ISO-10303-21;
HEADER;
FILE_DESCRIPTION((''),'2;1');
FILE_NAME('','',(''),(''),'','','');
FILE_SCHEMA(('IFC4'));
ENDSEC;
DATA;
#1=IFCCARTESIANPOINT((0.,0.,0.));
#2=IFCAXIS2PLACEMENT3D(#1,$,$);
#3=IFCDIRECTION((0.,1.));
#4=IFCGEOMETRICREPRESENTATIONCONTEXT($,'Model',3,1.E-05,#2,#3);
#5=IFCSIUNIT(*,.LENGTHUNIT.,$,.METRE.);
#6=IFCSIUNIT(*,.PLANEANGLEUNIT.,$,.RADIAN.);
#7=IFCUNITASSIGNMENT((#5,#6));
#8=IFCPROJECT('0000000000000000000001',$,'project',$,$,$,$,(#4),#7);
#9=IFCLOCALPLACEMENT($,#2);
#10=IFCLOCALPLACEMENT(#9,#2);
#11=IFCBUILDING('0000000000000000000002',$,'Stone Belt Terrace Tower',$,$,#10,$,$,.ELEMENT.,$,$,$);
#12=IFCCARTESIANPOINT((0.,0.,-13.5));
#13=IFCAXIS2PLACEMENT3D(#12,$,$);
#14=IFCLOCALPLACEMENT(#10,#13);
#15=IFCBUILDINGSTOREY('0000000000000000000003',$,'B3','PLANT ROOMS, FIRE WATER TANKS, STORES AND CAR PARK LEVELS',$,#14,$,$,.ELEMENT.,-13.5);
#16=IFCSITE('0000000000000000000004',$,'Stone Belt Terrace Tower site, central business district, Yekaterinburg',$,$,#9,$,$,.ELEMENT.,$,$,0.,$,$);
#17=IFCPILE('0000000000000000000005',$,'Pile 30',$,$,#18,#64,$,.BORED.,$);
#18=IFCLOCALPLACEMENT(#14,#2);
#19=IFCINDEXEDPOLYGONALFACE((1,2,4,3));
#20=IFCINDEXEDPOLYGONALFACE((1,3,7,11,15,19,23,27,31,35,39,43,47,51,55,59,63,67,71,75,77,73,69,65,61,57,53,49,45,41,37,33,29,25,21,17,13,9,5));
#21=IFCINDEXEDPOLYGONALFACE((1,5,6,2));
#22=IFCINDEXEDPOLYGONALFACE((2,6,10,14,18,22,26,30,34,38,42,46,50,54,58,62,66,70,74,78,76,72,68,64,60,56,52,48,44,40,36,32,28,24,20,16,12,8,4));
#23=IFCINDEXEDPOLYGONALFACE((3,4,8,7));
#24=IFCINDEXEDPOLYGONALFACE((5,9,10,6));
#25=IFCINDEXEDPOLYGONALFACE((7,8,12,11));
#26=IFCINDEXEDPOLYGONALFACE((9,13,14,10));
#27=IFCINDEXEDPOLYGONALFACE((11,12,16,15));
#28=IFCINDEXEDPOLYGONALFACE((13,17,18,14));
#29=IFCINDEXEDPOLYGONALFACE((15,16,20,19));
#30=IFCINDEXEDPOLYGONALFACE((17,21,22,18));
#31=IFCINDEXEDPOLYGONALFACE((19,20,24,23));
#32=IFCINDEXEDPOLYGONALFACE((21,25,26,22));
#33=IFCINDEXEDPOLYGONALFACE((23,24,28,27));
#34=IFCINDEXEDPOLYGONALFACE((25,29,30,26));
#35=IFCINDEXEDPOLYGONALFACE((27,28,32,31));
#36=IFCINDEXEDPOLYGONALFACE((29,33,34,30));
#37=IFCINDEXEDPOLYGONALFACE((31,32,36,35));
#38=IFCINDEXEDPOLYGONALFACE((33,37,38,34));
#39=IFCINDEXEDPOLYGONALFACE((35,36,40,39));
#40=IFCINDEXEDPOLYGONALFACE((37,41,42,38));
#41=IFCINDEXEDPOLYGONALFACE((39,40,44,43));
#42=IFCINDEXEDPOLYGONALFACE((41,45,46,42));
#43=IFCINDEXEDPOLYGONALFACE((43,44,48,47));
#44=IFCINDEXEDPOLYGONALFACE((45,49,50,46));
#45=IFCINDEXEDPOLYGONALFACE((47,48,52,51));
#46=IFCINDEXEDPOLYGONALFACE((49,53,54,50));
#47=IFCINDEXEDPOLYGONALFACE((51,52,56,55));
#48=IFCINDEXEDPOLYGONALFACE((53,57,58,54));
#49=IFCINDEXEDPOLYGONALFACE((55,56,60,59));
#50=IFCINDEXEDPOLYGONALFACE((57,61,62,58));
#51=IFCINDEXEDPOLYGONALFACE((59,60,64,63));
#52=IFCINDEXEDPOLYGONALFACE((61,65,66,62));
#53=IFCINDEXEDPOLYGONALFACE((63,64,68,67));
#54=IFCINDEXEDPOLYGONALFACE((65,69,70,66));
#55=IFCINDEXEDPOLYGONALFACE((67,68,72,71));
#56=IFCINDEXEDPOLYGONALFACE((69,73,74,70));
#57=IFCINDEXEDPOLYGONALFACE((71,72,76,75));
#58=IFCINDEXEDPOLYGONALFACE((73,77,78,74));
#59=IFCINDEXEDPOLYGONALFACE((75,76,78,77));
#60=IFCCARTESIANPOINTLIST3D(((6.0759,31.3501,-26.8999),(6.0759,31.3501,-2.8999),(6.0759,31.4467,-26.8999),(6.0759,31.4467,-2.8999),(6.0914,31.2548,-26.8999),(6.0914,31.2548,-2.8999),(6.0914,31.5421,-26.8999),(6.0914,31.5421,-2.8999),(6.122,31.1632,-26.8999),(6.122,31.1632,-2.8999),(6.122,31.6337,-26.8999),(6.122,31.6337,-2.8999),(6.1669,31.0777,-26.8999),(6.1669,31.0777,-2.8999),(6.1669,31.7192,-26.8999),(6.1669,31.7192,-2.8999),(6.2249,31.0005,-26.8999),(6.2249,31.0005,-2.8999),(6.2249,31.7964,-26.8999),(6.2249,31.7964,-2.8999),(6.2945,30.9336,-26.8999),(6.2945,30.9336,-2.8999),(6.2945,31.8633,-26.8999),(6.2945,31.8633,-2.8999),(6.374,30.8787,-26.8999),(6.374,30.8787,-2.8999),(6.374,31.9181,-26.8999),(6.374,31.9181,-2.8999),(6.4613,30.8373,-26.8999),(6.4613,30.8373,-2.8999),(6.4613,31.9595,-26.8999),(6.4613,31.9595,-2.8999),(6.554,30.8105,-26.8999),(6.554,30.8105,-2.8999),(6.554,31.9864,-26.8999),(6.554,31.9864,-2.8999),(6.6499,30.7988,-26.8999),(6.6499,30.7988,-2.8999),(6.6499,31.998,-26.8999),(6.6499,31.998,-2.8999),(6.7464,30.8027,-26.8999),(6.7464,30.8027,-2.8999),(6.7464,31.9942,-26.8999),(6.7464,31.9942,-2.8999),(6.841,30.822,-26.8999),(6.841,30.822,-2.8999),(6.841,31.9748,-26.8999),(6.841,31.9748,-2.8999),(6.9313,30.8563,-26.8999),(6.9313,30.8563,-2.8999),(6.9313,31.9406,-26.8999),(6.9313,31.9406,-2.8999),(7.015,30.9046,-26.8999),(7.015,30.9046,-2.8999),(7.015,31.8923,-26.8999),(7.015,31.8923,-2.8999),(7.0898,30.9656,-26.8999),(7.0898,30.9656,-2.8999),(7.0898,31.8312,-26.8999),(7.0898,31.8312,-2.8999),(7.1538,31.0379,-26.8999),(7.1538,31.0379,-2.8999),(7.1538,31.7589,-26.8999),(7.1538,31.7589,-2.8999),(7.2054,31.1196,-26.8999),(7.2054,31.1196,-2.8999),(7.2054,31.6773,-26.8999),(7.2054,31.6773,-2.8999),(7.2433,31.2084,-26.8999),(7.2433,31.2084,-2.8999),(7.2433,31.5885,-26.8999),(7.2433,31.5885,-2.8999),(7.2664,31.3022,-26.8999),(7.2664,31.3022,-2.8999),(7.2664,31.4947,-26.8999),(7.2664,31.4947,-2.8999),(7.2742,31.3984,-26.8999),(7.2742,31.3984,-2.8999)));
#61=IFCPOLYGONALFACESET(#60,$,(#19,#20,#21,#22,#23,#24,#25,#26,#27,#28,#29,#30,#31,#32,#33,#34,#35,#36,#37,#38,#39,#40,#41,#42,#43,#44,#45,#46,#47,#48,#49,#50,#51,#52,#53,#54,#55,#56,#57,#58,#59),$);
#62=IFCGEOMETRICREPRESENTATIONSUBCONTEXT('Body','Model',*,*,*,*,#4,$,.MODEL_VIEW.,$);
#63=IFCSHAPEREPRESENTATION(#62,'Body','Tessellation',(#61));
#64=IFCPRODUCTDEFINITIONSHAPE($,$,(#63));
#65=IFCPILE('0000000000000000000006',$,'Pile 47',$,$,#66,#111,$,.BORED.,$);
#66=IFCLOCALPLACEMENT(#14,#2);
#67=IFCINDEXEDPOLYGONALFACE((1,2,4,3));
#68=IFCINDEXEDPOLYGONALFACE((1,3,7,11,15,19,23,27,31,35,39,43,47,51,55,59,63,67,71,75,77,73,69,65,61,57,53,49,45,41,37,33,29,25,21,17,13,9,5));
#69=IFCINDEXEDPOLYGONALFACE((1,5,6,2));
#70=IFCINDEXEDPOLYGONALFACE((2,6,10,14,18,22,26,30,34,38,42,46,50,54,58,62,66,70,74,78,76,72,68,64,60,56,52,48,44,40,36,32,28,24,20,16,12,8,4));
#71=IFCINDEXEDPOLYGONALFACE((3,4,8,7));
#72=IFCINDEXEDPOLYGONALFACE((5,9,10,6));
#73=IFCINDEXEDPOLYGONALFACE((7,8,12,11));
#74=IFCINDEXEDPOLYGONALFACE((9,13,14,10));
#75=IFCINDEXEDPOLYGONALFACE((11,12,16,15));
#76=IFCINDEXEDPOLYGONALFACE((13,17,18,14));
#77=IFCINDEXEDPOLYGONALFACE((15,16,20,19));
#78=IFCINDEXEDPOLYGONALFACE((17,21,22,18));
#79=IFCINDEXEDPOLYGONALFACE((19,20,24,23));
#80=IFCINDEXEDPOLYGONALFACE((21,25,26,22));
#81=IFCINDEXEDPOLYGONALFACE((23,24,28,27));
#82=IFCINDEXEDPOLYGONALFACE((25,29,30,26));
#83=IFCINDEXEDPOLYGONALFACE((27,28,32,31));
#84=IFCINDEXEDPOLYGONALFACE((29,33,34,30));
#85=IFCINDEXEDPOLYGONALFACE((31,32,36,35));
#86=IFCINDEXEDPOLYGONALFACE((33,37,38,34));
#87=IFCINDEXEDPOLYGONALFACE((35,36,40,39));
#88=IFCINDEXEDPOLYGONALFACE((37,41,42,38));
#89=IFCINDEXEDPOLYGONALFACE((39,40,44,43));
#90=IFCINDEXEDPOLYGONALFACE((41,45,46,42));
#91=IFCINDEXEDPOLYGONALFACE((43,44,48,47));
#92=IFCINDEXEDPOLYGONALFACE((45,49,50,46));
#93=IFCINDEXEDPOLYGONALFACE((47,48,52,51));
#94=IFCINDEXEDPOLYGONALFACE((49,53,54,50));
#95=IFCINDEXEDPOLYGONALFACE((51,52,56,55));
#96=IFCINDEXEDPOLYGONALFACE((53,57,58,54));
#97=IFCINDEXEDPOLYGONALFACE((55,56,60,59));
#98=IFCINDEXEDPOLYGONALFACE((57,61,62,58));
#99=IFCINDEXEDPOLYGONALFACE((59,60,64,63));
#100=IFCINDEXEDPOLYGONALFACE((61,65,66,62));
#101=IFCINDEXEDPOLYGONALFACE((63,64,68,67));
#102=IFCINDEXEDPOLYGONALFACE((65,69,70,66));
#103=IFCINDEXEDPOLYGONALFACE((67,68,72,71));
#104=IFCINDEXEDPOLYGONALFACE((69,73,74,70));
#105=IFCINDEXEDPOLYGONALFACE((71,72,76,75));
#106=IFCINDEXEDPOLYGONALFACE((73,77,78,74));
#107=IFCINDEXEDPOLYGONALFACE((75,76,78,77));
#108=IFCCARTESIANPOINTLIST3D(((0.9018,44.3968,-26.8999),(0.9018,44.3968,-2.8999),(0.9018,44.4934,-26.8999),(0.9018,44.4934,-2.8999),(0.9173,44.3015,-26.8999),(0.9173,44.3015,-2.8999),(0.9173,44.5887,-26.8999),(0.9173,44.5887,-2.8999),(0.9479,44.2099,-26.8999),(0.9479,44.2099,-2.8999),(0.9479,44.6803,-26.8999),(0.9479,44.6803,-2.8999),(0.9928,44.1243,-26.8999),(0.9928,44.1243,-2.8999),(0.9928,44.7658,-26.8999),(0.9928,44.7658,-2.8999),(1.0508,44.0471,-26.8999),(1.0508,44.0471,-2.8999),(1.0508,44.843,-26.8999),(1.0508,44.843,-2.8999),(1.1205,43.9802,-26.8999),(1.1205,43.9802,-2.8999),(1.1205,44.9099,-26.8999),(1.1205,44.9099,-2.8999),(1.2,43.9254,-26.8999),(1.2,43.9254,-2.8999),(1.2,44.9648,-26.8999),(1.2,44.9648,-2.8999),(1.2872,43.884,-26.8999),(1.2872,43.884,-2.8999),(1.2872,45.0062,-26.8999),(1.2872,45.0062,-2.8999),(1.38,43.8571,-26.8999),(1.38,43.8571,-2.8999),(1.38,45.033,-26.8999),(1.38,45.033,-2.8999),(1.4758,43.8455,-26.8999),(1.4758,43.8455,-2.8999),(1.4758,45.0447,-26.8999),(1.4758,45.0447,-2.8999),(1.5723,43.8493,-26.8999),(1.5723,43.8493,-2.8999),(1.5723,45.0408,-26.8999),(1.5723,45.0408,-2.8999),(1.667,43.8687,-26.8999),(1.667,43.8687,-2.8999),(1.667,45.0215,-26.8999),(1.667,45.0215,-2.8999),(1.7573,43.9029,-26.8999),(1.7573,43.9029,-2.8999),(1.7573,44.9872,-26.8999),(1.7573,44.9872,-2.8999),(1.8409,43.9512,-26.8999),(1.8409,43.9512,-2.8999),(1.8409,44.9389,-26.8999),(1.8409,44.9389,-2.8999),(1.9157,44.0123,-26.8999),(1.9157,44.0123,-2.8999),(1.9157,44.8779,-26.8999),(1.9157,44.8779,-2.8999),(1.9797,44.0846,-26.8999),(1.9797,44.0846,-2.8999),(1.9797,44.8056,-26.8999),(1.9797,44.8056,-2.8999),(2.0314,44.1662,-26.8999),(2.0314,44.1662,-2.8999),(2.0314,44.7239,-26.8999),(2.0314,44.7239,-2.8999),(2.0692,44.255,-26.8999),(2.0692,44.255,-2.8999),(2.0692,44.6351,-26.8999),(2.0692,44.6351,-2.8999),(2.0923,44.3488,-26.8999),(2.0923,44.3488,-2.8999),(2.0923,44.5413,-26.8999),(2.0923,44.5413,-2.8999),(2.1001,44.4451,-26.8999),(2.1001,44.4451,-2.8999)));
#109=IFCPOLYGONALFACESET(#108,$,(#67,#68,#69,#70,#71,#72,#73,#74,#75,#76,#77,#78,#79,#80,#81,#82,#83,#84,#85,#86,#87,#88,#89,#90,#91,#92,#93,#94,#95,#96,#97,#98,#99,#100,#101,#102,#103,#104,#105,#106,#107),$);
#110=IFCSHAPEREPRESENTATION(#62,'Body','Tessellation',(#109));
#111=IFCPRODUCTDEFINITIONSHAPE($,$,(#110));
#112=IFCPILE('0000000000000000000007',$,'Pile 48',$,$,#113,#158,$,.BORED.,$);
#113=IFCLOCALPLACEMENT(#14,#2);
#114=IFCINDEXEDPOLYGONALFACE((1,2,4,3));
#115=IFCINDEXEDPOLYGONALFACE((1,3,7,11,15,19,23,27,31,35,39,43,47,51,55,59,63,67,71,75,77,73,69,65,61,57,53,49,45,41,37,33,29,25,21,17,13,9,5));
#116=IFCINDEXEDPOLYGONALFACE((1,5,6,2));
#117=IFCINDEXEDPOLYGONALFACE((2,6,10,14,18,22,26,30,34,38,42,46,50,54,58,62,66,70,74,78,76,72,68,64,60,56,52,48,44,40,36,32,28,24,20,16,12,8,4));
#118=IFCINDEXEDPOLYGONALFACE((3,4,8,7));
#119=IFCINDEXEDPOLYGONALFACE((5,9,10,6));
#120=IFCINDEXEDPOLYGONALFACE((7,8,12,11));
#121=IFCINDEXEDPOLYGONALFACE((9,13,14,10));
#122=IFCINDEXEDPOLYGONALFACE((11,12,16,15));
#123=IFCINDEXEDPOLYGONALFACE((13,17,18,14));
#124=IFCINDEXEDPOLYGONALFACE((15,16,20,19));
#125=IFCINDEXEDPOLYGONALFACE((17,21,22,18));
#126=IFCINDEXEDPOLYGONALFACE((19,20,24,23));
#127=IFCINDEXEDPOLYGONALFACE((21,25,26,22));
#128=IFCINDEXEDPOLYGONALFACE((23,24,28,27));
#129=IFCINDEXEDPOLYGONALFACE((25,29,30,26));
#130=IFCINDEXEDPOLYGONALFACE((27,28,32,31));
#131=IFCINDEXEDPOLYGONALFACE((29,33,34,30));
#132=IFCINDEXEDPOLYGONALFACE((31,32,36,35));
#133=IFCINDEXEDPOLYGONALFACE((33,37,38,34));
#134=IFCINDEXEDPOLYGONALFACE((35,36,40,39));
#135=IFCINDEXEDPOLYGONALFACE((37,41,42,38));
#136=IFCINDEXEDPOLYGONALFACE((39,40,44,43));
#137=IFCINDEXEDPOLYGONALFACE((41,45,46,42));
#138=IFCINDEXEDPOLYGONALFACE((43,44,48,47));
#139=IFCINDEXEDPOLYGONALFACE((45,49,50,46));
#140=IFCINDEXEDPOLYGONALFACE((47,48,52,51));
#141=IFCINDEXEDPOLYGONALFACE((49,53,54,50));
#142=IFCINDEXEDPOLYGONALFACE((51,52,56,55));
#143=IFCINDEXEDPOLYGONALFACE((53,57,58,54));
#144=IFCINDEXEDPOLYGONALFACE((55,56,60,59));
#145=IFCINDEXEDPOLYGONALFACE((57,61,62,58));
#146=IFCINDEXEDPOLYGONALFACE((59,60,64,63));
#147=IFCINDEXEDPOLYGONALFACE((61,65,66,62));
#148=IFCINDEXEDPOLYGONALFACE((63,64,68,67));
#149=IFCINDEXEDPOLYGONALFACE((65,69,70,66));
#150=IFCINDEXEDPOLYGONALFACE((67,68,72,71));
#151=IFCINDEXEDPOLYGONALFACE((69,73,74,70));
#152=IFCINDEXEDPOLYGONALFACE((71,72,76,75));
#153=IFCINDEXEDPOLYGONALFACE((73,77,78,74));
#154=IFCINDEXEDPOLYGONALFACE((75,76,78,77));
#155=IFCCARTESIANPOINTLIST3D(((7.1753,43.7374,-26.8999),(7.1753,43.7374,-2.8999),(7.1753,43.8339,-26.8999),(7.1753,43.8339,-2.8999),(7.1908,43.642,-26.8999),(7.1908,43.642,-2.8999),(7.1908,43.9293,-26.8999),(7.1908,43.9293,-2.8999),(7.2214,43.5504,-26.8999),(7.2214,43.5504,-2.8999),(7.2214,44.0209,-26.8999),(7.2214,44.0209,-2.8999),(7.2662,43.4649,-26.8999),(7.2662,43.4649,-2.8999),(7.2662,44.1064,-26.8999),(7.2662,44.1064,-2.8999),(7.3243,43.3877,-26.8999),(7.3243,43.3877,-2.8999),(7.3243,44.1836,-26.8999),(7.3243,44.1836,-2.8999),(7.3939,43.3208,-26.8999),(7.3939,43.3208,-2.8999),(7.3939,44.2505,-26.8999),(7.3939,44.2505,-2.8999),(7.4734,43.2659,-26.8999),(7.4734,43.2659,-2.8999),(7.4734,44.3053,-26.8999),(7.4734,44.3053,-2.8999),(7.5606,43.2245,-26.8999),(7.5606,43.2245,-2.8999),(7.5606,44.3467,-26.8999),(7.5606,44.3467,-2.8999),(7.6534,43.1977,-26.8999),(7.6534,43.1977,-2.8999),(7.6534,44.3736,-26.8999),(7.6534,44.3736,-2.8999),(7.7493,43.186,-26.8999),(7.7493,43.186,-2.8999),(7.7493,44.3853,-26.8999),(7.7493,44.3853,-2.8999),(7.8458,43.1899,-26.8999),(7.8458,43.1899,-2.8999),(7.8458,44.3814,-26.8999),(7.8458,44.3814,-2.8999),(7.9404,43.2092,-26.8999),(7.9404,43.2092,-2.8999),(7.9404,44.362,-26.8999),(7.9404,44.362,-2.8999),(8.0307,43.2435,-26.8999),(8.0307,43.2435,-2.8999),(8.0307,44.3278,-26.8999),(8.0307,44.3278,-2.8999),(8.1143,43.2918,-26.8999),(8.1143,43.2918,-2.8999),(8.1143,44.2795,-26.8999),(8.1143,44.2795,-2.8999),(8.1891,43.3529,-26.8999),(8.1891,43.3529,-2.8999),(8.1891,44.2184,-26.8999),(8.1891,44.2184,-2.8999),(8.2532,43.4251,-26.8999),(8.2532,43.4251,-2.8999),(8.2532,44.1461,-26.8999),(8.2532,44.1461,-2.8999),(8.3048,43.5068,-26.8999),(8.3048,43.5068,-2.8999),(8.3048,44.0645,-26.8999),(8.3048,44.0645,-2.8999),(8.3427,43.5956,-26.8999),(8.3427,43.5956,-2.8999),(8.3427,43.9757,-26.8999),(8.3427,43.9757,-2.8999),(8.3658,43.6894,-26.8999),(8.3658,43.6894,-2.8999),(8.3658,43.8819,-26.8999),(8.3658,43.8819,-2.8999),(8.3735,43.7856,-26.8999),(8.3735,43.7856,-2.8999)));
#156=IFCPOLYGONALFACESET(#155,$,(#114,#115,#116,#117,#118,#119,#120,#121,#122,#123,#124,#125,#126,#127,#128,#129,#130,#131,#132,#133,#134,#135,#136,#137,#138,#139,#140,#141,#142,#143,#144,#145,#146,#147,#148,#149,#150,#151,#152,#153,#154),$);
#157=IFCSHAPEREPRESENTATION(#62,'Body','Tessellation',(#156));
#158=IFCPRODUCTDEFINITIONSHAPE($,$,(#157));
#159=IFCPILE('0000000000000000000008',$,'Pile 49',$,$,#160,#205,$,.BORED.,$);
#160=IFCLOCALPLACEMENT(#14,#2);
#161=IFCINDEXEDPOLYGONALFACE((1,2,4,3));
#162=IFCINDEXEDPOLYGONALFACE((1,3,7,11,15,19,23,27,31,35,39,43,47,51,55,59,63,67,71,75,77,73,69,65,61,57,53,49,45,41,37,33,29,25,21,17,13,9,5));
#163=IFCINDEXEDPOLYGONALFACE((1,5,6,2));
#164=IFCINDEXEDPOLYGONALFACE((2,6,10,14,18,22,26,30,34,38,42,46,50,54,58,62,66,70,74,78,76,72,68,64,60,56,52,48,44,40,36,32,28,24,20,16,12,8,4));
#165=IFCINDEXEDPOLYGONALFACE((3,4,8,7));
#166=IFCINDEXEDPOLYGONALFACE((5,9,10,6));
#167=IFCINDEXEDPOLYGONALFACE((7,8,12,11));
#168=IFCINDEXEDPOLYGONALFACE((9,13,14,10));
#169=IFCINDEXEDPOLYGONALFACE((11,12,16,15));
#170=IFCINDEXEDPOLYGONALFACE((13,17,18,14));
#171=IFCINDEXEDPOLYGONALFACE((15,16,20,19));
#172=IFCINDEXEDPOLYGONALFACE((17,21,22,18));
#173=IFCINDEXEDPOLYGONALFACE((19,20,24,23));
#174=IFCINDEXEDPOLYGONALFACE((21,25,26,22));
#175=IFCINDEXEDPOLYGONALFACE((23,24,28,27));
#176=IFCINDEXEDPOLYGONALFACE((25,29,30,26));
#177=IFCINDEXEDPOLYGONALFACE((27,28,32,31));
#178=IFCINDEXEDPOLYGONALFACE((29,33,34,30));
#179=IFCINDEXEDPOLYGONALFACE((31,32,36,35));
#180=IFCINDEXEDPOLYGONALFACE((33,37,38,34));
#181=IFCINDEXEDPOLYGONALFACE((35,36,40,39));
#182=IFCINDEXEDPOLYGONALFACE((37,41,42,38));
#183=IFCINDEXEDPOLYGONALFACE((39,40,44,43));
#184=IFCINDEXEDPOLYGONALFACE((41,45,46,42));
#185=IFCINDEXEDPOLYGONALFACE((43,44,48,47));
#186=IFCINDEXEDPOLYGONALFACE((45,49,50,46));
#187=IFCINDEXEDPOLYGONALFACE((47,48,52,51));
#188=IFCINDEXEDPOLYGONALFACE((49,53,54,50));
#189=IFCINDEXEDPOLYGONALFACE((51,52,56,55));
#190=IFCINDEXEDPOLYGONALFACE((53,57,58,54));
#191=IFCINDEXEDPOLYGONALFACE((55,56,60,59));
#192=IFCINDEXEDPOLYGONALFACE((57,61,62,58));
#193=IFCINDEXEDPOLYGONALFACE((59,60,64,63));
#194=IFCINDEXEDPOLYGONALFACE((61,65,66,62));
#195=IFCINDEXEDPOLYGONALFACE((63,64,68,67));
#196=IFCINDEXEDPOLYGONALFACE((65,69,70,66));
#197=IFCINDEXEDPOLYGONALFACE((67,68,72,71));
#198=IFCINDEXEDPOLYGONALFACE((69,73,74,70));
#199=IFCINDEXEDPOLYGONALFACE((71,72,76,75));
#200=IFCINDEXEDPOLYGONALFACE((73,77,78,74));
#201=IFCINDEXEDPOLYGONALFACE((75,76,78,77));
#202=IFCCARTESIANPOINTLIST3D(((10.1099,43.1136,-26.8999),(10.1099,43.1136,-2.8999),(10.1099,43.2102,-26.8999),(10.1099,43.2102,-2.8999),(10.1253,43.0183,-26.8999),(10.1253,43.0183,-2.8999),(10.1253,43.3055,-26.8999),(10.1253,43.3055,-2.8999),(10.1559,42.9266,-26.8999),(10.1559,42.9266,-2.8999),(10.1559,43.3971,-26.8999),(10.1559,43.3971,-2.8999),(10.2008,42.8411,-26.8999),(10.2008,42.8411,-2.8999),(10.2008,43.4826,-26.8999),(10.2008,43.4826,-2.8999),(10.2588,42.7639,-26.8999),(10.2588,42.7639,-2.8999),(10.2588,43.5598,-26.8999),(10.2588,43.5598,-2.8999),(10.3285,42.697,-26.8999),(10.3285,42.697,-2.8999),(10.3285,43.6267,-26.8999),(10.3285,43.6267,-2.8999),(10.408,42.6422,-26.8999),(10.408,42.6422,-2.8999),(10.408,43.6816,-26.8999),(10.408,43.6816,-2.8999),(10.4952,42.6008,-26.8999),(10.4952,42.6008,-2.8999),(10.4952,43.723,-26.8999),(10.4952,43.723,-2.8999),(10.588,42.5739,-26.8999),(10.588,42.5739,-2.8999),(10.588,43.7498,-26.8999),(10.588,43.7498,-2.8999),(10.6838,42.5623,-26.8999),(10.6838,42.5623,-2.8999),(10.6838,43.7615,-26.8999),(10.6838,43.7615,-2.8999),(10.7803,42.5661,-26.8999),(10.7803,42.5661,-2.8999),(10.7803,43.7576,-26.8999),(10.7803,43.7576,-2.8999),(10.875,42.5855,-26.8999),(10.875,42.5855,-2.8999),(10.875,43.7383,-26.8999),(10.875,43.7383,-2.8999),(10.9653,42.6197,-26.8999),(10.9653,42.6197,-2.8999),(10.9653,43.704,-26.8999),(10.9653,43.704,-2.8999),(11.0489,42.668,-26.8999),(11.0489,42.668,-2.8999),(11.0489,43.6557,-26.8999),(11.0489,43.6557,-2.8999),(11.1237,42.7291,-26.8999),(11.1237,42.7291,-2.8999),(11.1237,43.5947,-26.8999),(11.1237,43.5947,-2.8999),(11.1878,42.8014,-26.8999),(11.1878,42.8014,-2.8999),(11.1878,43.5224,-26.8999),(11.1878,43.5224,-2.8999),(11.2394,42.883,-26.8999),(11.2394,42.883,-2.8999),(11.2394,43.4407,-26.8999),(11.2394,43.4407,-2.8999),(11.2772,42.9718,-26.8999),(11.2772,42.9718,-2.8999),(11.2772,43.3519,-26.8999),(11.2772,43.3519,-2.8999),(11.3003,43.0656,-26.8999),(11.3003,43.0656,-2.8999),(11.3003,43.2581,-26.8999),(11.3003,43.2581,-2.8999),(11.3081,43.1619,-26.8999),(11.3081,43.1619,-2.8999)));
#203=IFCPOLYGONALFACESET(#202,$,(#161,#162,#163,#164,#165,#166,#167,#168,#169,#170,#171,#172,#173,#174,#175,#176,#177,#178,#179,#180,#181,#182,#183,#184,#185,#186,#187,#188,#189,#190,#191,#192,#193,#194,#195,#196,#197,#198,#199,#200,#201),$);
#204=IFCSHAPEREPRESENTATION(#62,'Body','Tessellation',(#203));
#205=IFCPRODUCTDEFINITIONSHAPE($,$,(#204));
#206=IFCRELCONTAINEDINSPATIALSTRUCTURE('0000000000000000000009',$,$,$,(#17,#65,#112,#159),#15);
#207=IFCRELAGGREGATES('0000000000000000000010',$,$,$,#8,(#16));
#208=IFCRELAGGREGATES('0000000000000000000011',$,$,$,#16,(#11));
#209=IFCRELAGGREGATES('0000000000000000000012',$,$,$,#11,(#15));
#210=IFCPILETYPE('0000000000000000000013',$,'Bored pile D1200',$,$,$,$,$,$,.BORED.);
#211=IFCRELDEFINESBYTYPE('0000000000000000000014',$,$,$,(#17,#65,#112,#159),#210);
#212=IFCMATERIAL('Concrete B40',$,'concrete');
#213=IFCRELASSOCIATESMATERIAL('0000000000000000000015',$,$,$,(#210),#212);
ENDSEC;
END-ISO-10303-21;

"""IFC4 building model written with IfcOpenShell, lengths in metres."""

from ifc_helpers import new_model, si_unit, direction, frame, origin, origin_2d, place, context, subcontext, project, spatial, circle, extrude, material, material_profile, profile_set, type_object, element, save


model = new_model("IFC4")

# Units and contexts
model_context = context("Model", 3, precision=1e-05, world=origin(), true_north=direction((0.0, 1.0)))
body_context = subcontext(model_context, "Body", "Model", "MODEL_VIEW")
ifc_project = project(units=[si_unit("LENGTHUNIT", "METRE"), si_unit("PLANEANGLEUNIT", "RADIAN")], contexts=[model_context])

# Site, building, storey
site_placement = place(None, origin())
site = spatial("IfcSite", under=ifc_project, at=site_placement, Name="Stone Belt Terrace Tower site, central business district, Yekaterinburg", CompositionType="ELEMENT", RefElevation=0.0)
building_placement = place(site_placement, origin())
building = spatial("IfcBuilding", under=site, at=building_placement, Name="Stone Belt Terrace Tower", CompositionType="ELEMENT")
storey_placement = place(building_placement, frame((0.0, 0.0, -13.5)))
storey = spatial("IfcBuildingStorey", under=building, at=storey_placement, Name="B3", Description="PLANT ROOMS, FIRE WATER TANKS, STORES AND CAR PARK LEVELS", CompositionType="ELEMENT", Elevation=-13.5)

# Piles
ifc_material_1 = material(Name="Concrete B40", Category="concrete")
ifc_material_profile_1 = material_profile(ifc_material_1, circle(Radius=0.6001, at=origin_2d()), Name="PILE D1200")
ifc_profile_set_1 = profile_set([ifc_material_profile_1], Name="Concrete B40")
pile_type = type_object("IfcPileType", Name="Bored pile D1200", PredefinedType="BORED", material=ifc_profile_set_1)
for number, where, z_axis, x_axis, name in (
    (1, (6.6741, 31.3984, -2.8999), (0.0, 0.0, -1.0), (1.0, 0.0, 0.0), "Pile 30"),
    (2, (1.5, 44.4451, -2.8999), (0.0, 0.0, -1.0), (1.0, 0.0, 0.0), "Pile 47"),
    (3, (7.7734, 43.7856, -2.8999), (0.0, 0.0, -1.0), (1.0, 0.0, 0.0), "Pile 48"),
    (4, (10.708, 43.1619, -2.8999), (0.0, 0.0, -1.0), (1.0, 0.0, 0.0), "Pile 49"),
):
    element("IfcPile", number, at=place(storey_placement, frame(where, z_axis=z_axis, x_axis=x_axis)), inside=storey, type_object=pile_type, Name=name, PredefinedType="BORED", context=body_context, shape_type="SweptSolid", body=[
        extrude(circle(Radius=0.6001, at=origin_2d()), origin(), (0.0, 0.0, 1.0), 24.0),
    ])

save(model, "model.ifc")
